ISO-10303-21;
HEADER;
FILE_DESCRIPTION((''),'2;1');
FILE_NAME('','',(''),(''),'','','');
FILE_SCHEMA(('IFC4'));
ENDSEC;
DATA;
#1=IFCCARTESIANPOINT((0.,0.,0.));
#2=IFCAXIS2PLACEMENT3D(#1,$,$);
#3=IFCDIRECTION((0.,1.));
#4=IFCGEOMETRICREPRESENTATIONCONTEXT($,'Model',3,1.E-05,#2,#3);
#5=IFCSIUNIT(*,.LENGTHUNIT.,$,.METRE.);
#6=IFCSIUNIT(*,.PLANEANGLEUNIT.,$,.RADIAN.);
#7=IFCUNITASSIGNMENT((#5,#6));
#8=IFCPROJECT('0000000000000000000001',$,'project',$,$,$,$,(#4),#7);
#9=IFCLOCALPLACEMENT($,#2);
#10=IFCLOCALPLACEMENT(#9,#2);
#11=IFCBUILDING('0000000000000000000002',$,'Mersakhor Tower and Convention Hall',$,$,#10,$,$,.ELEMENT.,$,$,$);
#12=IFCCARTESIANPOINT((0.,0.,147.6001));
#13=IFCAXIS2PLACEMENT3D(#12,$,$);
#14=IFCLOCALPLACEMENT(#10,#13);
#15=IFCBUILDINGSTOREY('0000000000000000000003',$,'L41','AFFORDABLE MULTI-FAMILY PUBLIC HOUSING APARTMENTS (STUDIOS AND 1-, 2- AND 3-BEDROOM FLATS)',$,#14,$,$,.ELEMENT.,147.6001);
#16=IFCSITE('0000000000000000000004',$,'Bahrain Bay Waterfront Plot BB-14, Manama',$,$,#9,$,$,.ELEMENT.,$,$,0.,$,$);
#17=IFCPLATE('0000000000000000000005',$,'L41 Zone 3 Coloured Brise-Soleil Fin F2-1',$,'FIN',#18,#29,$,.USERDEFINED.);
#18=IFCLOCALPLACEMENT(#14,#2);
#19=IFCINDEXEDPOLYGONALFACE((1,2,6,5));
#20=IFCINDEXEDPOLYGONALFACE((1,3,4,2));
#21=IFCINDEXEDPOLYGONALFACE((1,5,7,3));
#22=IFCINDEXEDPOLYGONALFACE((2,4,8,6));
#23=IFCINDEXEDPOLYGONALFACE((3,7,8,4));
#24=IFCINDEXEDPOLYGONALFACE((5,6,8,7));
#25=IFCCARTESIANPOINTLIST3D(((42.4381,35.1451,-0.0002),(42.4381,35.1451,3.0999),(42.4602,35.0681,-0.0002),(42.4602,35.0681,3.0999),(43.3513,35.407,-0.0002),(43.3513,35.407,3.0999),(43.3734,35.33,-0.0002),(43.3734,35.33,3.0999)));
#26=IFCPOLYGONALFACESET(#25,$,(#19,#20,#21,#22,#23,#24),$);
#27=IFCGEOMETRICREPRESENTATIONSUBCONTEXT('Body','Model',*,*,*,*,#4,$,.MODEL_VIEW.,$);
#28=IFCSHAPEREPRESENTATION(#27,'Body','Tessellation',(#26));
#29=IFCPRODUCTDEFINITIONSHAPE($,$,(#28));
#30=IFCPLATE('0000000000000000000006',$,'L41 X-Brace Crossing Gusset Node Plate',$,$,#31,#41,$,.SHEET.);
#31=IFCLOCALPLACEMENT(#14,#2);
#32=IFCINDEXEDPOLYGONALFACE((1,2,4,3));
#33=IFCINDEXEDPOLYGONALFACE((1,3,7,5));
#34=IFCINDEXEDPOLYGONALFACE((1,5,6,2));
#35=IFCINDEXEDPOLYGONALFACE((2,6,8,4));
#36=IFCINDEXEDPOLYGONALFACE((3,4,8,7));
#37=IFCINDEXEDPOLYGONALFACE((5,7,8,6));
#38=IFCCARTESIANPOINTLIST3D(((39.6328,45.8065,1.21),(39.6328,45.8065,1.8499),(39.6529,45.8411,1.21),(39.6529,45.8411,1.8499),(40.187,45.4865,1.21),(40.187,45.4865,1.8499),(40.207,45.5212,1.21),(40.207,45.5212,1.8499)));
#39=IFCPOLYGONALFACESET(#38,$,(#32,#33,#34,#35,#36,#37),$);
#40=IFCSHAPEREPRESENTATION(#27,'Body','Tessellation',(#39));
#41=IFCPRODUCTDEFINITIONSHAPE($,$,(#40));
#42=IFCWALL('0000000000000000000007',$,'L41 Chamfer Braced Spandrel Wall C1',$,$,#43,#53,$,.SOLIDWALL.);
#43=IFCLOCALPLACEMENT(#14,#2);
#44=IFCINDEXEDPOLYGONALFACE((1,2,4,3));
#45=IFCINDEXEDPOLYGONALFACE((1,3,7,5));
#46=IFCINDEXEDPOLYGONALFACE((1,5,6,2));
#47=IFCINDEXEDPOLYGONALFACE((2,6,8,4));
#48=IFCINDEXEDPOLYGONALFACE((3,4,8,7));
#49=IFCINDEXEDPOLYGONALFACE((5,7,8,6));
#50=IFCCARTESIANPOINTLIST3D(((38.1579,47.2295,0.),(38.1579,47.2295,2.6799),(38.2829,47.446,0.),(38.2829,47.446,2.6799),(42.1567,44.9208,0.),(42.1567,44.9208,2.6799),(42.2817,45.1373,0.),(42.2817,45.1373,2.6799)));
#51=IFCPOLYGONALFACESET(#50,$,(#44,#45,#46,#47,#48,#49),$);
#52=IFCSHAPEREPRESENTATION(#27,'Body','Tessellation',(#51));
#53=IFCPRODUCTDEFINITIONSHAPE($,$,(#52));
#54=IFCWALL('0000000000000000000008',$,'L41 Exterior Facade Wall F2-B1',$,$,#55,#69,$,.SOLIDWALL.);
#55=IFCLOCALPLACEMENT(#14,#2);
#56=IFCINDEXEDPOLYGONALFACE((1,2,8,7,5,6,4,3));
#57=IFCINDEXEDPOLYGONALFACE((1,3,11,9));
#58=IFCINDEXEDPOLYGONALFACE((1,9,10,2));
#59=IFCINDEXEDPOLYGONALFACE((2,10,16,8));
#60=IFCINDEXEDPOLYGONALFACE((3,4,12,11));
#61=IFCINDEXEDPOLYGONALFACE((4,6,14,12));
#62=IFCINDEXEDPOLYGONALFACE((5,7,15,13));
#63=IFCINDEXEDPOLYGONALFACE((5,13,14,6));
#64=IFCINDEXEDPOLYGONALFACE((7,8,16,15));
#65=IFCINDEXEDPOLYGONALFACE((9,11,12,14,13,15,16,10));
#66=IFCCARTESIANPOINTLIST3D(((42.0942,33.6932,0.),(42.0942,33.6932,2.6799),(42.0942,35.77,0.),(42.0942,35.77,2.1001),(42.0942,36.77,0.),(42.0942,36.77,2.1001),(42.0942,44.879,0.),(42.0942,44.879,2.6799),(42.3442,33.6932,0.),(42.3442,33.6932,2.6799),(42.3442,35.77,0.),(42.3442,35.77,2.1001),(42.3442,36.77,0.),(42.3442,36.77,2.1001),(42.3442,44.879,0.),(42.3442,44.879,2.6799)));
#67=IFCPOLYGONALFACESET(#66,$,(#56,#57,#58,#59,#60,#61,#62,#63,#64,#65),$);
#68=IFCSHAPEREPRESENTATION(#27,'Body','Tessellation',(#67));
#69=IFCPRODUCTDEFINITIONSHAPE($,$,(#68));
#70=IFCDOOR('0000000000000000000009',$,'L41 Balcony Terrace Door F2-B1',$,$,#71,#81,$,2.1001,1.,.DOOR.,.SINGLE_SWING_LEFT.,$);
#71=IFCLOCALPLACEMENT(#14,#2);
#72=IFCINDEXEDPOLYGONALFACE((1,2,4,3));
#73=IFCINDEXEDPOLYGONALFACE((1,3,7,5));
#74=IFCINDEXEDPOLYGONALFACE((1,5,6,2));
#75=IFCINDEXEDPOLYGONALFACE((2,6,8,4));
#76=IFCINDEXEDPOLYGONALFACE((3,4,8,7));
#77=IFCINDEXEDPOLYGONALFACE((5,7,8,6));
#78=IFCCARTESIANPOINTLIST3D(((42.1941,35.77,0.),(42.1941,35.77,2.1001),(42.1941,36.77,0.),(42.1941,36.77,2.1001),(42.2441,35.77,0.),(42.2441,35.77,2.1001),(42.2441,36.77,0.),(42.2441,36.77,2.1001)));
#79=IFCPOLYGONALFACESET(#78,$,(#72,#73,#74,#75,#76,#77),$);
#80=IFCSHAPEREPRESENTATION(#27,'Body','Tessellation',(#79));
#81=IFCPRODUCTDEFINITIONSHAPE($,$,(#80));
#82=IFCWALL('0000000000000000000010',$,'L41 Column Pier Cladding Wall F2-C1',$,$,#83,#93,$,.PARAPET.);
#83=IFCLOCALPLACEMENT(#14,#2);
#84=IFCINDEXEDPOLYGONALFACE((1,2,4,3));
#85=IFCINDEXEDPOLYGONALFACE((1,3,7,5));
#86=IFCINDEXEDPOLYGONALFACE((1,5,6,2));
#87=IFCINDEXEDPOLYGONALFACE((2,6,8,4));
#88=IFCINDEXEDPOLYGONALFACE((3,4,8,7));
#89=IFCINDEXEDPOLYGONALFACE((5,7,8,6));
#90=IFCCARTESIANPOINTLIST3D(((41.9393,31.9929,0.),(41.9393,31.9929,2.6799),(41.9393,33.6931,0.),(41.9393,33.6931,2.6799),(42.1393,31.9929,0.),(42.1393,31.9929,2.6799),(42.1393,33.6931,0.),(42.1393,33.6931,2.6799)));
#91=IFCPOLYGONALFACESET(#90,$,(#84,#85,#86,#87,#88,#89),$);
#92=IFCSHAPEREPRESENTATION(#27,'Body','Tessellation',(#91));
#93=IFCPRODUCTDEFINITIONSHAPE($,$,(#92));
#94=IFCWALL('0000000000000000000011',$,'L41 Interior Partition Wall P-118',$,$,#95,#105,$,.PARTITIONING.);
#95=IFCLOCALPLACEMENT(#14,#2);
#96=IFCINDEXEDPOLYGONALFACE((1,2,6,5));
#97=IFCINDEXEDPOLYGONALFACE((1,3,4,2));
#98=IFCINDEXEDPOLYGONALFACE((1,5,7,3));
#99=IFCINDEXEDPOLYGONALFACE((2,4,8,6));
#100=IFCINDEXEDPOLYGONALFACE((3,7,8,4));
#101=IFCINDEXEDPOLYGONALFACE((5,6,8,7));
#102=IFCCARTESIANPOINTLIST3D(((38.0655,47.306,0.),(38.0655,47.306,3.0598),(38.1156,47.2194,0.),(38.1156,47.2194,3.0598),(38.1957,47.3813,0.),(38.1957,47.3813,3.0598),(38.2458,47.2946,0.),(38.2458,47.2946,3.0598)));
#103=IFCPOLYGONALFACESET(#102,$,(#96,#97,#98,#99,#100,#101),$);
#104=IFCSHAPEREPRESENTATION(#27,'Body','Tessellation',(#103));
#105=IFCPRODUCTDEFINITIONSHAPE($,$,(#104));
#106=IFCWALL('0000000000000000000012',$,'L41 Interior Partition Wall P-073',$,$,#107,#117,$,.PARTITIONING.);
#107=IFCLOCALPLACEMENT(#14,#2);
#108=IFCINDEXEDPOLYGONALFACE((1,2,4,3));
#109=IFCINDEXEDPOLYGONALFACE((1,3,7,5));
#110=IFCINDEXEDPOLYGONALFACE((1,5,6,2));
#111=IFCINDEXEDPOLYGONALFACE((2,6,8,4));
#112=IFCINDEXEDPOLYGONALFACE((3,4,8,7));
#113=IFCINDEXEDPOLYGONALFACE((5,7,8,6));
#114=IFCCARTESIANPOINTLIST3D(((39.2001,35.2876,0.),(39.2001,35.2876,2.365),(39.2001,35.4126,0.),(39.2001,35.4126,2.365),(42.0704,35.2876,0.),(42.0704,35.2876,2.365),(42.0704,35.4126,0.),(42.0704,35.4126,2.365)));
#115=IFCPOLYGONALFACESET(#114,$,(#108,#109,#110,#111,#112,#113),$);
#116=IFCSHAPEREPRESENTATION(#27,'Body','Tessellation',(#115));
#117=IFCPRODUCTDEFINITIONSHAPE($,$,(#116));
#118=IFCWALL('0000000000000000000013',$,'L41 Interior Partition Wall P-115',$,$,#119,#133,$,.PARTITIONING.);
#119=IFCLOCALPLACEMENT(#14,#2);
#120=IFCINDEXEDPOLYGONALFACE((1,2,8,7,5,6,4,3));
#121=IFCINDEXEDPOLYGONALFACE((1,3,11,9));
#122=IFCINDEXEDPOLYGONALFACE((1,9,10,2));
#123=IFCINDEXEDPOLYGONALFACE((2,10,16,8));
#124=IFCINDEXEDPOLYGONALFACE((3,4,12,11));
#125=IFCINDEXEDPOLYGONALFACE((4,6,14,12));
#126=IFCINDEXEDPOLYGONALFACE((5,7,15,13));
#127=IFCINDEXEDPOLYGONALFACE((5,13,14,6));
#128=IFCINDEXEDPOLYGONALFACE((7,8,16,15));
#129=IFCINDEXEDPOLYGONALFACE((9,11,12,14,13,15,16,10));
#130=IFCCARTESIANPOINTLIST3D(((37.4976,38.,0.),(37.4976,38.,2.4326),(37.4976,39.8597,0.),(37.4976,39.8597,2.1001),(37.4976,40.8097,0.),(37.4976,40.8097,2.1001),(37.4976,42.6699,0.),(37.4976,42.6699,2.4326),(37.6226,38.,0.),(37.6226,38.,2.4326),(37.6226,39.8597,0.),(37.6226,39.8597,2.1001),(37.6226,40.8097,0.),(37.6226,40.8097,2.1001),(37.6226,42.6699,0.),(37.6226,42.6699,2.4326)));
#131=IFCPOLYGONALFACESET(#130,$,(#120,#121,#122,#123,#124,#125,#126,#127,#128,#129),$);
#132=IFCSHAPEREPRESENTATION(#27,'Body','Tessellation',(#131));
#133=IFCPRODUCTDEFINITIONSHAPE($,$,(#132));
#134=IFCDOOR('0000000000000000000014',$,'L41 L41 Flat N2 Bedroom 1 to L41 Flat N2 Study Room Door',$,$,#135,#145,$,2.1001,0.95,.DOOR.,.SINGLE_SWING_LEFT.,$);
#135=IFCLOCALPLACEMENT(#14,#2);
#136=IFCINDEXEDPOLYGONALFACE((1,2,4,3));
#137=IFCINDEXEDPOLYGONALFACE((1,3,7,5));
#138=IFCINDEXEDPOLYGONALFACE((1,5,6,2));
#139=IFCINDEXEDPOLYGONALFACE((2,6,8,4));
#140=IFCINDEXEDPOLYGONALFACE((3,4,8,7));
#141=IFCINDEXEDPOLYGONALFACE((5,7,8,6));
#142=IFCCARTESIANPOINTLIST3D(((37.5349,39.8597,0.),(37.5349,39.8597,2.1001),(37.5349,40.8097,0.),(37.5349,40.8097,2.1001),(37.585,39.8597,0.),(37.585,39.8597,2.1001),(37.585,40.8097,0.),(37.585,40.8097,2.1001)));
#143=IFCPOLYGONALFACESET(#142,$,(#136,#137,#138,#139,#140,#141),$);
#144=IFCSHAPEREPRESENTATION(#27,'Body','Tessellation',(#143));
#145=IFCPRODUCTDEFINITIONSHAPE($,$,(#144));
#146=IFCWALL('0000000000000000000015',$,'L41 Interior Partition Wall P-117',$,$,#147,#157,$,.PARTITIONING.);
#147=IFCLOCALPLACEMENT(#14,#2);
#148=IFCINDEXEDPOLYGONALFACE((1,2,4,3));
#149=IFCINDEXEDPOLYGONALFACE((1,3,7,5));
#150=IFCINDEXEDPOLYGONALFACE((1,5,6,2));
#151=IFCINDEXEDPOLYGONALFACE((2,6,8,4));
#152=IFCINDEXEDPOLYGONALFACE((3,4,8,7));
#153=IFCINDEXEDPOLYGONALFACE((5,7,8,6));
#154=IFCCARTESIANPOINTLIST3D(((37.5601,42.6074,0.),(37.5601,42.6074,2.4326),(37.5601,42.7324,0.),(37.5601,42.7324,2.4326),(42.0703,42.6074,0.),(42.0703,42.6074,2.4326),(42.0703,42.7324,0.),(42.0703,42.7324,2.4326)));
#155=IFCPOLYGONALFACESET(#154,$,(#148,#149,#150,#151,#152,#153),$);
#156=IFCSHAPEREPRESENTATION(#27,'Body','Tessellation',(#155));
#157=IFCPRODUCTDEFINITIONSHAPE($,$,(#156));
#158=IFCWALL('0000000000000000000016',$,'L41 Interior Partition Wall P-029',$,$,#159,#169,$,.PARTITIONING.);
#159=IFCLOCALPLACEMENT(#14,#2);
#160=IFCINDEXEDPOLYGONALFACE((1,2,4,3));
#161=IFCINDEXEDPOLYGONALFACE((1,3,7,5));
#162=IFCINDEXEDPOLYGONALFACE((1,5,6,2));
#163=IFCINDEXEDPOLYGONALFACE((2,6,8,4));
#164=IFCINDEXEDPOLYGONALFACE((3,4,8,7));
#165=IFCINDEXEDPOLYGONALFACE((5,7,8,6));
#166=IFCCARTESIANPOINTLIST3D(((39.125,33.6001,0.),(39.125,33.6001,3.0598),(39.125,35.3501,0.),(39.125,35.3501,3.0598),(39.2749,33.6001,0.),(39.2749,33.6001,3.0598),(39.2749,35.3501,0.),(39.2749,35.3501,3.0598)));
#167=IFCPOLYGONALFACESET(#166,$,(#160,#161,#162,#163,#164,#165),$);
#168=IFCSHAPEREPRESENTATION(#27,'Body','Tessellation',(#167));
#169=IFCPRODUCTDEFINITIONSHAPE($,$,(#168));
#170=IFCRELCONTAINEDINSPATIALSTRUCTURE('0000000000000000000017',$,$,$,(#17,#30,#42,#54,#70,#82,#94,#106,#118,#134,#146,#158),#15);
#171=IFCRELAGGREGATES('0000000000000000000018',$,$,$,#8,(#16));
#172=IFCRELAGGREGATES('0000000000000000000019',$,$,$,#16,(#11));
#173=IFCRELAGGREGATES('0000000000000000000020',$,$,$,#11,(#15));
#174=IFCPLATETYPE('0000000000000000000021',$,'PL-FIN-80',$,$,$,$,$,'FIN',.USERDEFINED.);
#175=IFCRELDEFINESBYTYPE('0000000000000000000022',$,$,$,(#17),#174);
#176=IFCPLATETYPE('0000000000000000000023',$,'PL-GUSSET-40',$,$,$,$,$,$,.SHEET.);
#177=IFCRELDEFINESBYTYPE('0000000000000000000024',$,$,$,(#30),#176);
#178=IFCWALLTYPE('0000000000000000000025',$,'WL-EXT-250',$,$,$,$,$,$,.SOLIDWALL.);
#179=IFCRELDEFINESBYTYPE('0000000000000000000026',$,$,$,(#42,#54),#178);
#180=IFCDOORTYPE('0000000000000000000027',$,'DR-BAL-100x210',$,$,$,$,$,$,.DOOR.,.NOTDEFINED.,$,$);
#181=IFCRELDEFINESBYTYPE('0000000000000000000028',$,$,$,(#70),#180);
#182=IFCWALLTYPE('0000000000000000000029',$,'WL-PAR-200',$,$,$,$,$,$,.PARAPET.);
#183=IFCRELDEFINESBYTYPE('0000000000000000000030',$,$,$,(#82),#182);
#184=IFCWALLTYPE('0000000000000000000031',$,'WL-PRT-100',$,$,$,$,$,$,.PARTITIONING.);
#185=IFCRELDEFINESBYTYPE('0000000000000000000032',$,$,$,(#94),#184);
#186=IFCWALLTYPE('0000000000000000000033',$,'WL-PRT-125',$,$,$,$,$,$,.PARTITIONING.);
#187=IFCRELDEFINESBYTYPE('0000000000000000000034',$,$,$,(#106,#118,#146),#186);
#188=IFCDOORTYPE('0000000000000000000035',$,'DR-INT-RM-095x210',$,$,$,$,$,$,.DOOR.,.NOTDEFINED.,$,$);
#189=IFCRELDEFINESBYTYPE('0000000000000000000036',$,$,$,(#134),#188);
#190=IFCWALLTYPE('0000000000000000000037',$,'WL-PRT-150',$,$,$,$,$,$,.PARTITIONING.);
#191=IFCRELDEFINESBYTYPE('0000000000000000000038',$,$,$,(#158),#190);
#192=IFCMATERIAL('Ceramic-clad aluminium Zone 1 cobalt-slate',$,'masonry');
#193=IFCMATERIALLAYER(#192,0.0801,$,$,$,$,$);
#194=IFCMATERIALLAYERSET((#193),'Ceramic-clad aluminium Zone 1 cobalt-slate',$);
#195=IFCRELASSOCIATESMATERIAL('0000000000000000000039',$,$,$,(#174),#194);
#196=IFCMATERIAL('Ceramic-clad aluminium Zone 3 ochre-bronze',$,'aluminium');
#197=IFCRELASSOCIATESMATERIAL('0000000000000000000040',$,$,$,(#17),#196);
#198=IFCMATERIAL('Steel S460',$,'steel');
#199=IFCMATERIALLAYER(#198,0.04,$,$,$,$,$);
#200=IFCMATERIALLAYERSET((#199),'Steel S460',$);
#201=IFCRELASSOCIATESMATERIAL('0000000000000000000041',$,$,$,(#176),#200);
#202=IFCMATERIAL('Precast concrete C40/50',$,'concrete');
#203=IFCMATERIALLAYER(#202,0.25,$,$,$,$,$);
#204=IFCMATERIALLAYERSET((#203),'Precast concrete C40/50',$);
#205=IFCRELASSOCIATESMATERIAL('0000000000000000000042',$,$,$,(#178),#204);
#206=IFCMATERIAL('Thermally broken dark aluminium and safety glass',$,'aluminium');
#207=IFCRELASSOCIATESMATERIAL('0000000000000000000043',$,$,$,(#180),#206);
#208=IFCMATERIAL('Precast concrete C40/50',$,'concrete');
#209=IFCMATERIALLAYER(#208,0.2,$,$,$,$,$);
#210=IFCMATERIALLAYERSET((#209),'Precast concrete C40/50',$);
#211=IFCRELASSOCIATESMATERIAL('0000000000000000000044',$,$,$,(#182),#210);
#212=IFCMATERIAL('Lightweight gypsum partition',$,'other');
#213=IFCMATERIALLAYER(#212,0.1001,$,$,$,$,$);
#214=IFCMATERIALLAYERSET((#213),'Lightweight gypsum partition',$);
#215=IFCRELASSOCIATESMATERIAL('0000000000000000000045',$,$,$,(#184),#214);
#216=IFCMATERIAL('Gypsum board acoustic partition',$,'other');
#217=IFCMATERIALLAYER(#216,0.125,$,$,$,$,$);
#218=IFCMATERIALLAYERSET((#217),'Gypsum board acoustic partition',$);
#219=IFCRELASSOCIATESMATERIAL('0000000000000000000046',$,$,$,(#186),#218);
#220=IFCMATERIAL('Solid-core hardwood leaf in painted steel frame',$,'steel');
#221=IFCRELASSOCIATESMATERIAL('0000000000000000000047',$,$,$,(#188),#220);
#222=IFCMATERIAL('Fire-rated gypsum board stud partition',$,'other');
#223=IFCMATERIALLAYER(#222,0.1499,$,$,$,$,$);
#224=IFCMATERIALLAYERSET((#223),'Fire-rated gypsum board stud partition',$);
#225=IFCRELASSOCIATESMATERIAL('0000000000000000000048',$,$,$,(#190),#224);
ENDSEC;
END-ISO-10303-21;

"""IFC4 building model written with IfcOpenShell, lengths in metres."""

from ifc_helpers import new_model, si_unit, direction, frame, frame_2d, origin, origin_2d, place, context, subcontext, project, spatial, rectangle, extrude, material, layer, layer_set, type_object, element, fill, save


model = new_model("IFC4")

# Units and contexts
model_context = context("Model", 3, precision=1e-05, world=origin(), true_north=direction((0.0, 1.0)))
body_context = subcontext(model_context, "Body", "Model", "MODEL_VIEW")
ifc_project = project(units=[si_unit("LENGTHUNIT", "METRE"), si_unit("PLANEANGLEUNIT", "RADIAN")], contexts=[model_context])

# Site, building, storey
site_placement = place(None, origin())
site = spatial("IfcSite", under=ifc_project, at=site_placement, Name="Bahrain Bay Waterfront Plot BB-14, Manama", CompositionType="ELEMENT", RefElevation=0.0)
building_placement = place(site_placement, origin())
building = spatial("IfcBuilding", under=site, at=building_placement, Name="Mersakhor Tower and Convention Hall", CompositionType="ELEMENT")
storey_placement = place(building_placement, frame((0.0, 0.0, 147.6001)))
storey = spatial("IfcBuildingStorey", under=building, at=storey_placement, Name="L41", Description="AFFORDABLE MULTI-FAMILY PUBLIC HOUSING APARTMENTS (STUDIOS AND 1-, 2- AND 3-BEDROOM FLATS)", CompositionType="ELEMENT", Elevation=147.6001)

# Plates
ifc_material_1 = material(Name="Ceramic-clad aluminium Zone 3 ochre-bronze", Category="aluminium")
ifc_material_2 = material(Name="Ceramic-clad aluminium Zone 1 cobalt-slate", Category="masonry")
ifc_layer_1 = layer(ifc_material_2, 0.0801)
ifc_layer_set_1 = layer_set([ifc_layer_1], Name="Ceramic-clad aluminium Zone 1 cobalt-slate")
plate_type_1 = type_object("IfcPlateType", Name="PL-FIN-80", ElementType="FIN", PredefinedType="USERDEFINED", material=ifc_layer_set_1)
plate_1_placement = place(storey_placement, frame((42.9058, 35.2375, -0.0002), z_axis=(0.0, 0.0, 1.0), x_axis=(0.961262, 0.275637, 0.0)))
element("IfcPlate", 1, at=plate_1_placement, inside=storey, type_object=plate_type_1, material=ifc_material_1, Name="L41 Zone 3 Coloured Brise-Soleil Fin F2-1", ObjectType="FIN", PredefinedType="USERDEFINED", context=body_context, shape_type="SweptSolid", body=[
    extrude(rectangle(XDim=0.95, YDim=0.0801, at=origin_2d()), origin(), (0.0, 0.0, 1.0), 3.1001),
])
ifc_material_3 = material(Name="Steel S460", Category="steel")
ifc_layer_2 = layer(ifc_material_3, 0.04)
ifc_layer_set_2 = layer_set([ifc_layer_2], Name="Steel S460")
plate_type_2 = type_object("IfcPlateType", Name="PL-GUSSET-40", PredefinedType="SHEET", material=ifc_layer_set_2)
plate_2_placement = place(storey_placement, frame((39.9199, 45.6638, 1.21), z_axis=(0.0, 0.0, 1.0), x_axis=(-0.866025, 0.5, 0.0)))
element("IfcPlate", 2, at=plate_2_placement, inside=storey, type_object=plate_type_2, Name="L41 X-Brace Crossing Gusset Node Plate", PredefinedType="SHEET", context=body_context, shape_type="SweptSolid", body=[
    extrude(rectangle(XDim=0.6399, YDim=0.04, at=origin_2d()), origin(), (0.0, 0.0, 1.0), 0.6399),
])

# Wall
ifc_material_4 = material(Name="Precast concrete C40/50", Category="concrete")
ifc_layer_3 = layer(ifc_material_4, 0.25)
ifc_layer_set_3 = layer_set([ifc_layer_3], Name="Precast concrete C40/50")
wall_type_1 = type_object("IfcWallType", Name="WL-EXT-250", PredefinedType="SOLIDWALL", material=ifc_layer_set_3)
wall_1_placement = place(storey_placement, frame((38.2205, 47.3376, 0.0), z_axis=(0.0, 0.0, 1.0), x_axis=(0.866035, -0.499983, 0.0)))
element("IfcWall", 3, at=wall_1_placement, inside=storey, type_object=wall_type_1, Name="L41 Chamfer Braced Spandrel Wall C1", PredefinedType="SOLIDWALL", context=body_context, shape_type="SweptSolid", body=[
    extrude(rectangle(XDim=4.6174, YDim=0.25, at=frame_2d((2.3086, 0.0))), origin(), (0.0, 0.0, 1.0), 2.6799),
])

# Wall, opening, door
wall_2_placement = place(storey_placement, frame((42.2192, 44.8789, 0.0), z_axis=(0.0, 0.0, 1.0), x_axis=(0.0, -1.0, 0.0)))
wall_2 = element("IfcWall", 4, at=wall_2_placement, inside=storey, type_object=wall_type_1, Name="L41 Exterior Facade Wall F2-B1", PredefinedType="SOLIDWALL", context=body_context, shape_type="SweptSolid", body=[
    extrude(rectangle(XDim=11.1858, YDim=0.25, at=frame_2d((5.5928, 0.0))), origin(), (0.0, 0.0, 1.0), 2.6799),
])
opening_1_placement = place(wall_2_placement, frame((8.1089, 0.0, 0.0)))
opening_1 = element("IfcOpeningElement", 5, at=opening_1_placement, cuts=wall_2, PredefinedType="OPENING", context=body_context, shape_type="SweptSolid", body=[
    extrude(rectangle(XDim=1.0, YDim=2.1001, at=frame_2d((0.5, 1.05))), frame((0.0, 0.135, 0.0), z_axis=(0.0, -1.0, 0.0), x_axis=(1.0, 0.0, 0.0)), (0.0, 0.0, 1.0), 0.27),
])
ifc_material_5 = material(Name="Thermally broken dark aluminium and safety glass", Category="aluminium")
door_type_1 = type_object("IfcDoorType", Name="DR-BAL-100x210", OperationType="NOTDEFINED", PredefinedType="DOOR", material=ifc_material_5)
door_1_placement = place(opening_1_placement, origin())
door_1 = element("IfcDoor", 6, at=door_1_placement, inside=storey, type_object=door_type_1, Name="L41 Balcony Terrace Door F2-B1", OperationType="SINGLE_SWING_LEFT", OverallHeight=2.1001, OverallWidth=1.0, PredefinedType="DOOR", context=body_context, shape_type="SweptSolid", body=[
    extrude(rectangle(XDim=1.0, YDim=2.1001, at=frame_2d((0.5, 1.05))), frame((0.0, 0.0249, 0.0), z_axis=(0.0, -1.0, 0.0), x_axis=(1.0, 0.0, 0.0)), (0.0, 0.0, 1.0), 0.05),
])
fill(opening_1, door_1)

# Walls
ifc_material_6 = material(Name="Precast concrete C40/50", Category="concrete")
ifc_layer_4 = layer(ifc_material_6, 0.2)
ifc_layer_set_4 = layer_set([ifc_layer_4], Name="Precast concrete C40/50")
wall_type_2 = type_object("IfcWallType", Name="WL-PAR-200", PredefinedType="PARAPET", material=ifc_layer_set_4)
wall_3_placement = place(storey_placement, frame((42.0393, 33.6931, 0.0), z_axis=(0.0, 0.0, 1.0), x_axis=(0.0, -1.0, 0.0)))
element("IfcWall", 7, at=wall_3_placement, inside=storey, type_object=wall_type_2, Name="L41 Column Pier Cladding Wall F2-C1", PredefinedType="PARAPET", context=body_context, shape_type="SweptSolid", body=[
    extrude(rectangle(XDim=1.7002, YDim=0.2, at=frame_2d((0.8501, 0.0))), origin(), (0.0, 0.0, 1.0), 2.6799),
])
ifc_material_7 = material(Name="Lightweight gypsum partition", Category="other")
ifc_layer_5 = layer(ifc_material_7, 0.1001)
ifc_layer_set_5 = layer_set([ifc_layer_5], Name="Lightweight gypsum partition")
wall_type_3 = type_object("IfcWallType", Name="WL-PRT-100", PredefinedType="PARTITIONING", material=ifc_layer_set_5)
wall_4_placement = place(storey_placement, frame((38.0906, 47.2627, 0.0), z_axis=(0.0, 0.0, 1.0), x_axis=(0.865834, 0.500332, 0.0)))
element("IfcWall", 8, at=wall_4_placement, inside=storey, type_object=wall_type_3, Name="L41 Interior Partition Wall P-118", PredefinedType="PARTITIONING", context=body_context, shape_type="SweptSolid", body=[
    extrude(rectangle(XDim=0.1504, YDim=0.1001, at=frame_2d((0.0752, 0.0))), origin(), (0.0, 0.0, 1.0), 3.0598),
])
ifc_material_8 = material(Name="Gypsum board acoustic partition", Category="other")
ifc_layer_6 = layer(ifc_material_8, 0.125)
ifc_layer_set_6 = layer_set([ifc_layer_6], Name="Gypsum board acoustic partition")
wall_type_4 = type_object("IfcWallType", Name="WL-PRT-125", PredefinedType="PARTITIONING", material=ifc_layer_set_6)
wall_5_placement = place(storey_placement, frame((42.0703, 35.3501, 0.0), z_axis=(0.0, 0.0, 1.0), x_axis=(-1.0, 0.0, 0.0)))
element("IfcWall", 9, at=wall_5_placement, inside=storey, type_object=wall_type_4, Name="L41 Interior Partition Wall P-073", PredefinedType="PARTITIONING", context=body_context, shape_type="SweptSolid", body=[
    extrude(rectangle(XDim=2.8704, YDim=0.125, at=frame_2d((1.4351, 0.0))), origin(), (0.0, 0.0, 1.0), 2.365),
])

# Wall, opening, door
wall_6_placement = place(storey_placement, frame((37.5601, 42.6699, 0.0), z_axis=(0.0, 0.0, 1.0), x_axis=(0.0, -1.0, 0.0)))
wall_6 = element("IfcWall", 10, at=wall_6_placement, inside=storey, type_object=wall_type_4, Name="L41 Interior Partition Wall P-115", PredefinedType="PARTITIONING", context=body_context, shape_type="SweptSolid", body=[
    extrude(rectangle(XDim=4.6699, YDim=0.125, at=frame_2d((2.335, 0.0))), origin(), (0.0, 0.0, 1.0), 2.4326),
])
opening_2_placement = place(wall_6_placement, frame((1.8601, 0.0, 0.0)))
opening_2 = element("IfcOpeningElement", 11, at=opening_2_placement, cuts=wall_6, PredefinedType="OPENING", context=body_context, shape_type="SweptSolid", body=[
    extrude(rectangle(XDim=0.95, YDim=2.1001, at=frame_2d((0.4751, 1.05))), frame((0.0, 0.0725, 0.0), z_axis=(0.0, -1.0, 0.0), x_axis=(1.0, 0.0, 0.0)), (0.0, 0.0, 1.0), 0.145),
])
ifc_material_9 = material(Name="Solid-core hardwood leaf in painted steel frame", Category="steel")
door_type_2 = type_object("IfcDoorType", Name="DR-INT-RM-095x210", OperationType="NOTDEFINED", PredefinedType="DOOR", material=ifc_material_9)
door_2_placement = place(opening_2_placement, origin())
door_2 = element("IfcDoor", 12, at=door_2_placement, inside=storey, type_object=door_type_2, Name="L41 L41 Flat N2 Bedroom 1 to L41 Flat N2 Study Room Door", OperationType="SINGLE_SWING_LEFT", OverallHeight=2.1001, OverallWidth=0.95, PredefinedType="DOOR", context=body_context, shape_type="SweptSolid", body=[
    extrude(rectangle(XDim=0.95, YDim=2.1001, at=frame_2d((0.4751, 1.05))), frame((0.0, 0.0249, 0.0), z_axis=(0.0, -1.0, 0.0), x_axis=(1.0, 0.0, 0.0)), (0.0, 0.0, 1.0), 0.05),
])
fill(opening_2, door_2)

# Walls
wall_7_placement = place(storey_placement, frame((37.5601, 42.6699, 0.0), z_axis=(0.0, 0.0, 1.0), x_axis=(1.0, 0.0, 0.0)))
element("IfcWall", 13, at=wall_7_placement, inside=storey, type_object=wall_type_4, Name="L41 Interior Partition Wall P-117", PredefinedType="PARTITIONING", context=body_context, shape_type="SweptSolid", body=[
    extrude(rectangle(XDim=4.5103, YDim=0.125, at=frame_2d((2.2551, 0.0))), origin(), (0.0, 0.0, 1.0), 2.4326),
])
ifc_material_10 = material(Name="Fire-rated gypsum board stud partition", Category="other")
ifc_layer_7 = layer(ifc_material_10, 0.1499)
ifc_layer_set_7 = layer_set([ifc_layer_7], Name="Fire-rated gypsum board stud partition")
wall_type_5 = type_object("IfcWallType", Name="WL-PRT-150", PredefinedType="PARTITIONING", material=ifc_layer_set_7)
wall_8_placement = place(storey_placement, frame((39.2, 35.3501, 0.0), z_axis=(0.0, 0.0, 1.0), x_axis=(0.0, -1.0, 0.0)))
element("IfcWall", 14, at=wall_8_placement, inside=storey, type_object=wall_type_5, Name="L41 Interior Partition Wall P-029", PredefinedType="PARTITIONING", context=body_context, shape_type="SweptSolid", body=[
    extrude(rectangle(XDim=1.75, YDim=0.1499, at=frame_2d((0.875, 0.0))), origin(), (0.0, 0.0, 1.0), 3.0598),
])

save(model, "model.ifc")
